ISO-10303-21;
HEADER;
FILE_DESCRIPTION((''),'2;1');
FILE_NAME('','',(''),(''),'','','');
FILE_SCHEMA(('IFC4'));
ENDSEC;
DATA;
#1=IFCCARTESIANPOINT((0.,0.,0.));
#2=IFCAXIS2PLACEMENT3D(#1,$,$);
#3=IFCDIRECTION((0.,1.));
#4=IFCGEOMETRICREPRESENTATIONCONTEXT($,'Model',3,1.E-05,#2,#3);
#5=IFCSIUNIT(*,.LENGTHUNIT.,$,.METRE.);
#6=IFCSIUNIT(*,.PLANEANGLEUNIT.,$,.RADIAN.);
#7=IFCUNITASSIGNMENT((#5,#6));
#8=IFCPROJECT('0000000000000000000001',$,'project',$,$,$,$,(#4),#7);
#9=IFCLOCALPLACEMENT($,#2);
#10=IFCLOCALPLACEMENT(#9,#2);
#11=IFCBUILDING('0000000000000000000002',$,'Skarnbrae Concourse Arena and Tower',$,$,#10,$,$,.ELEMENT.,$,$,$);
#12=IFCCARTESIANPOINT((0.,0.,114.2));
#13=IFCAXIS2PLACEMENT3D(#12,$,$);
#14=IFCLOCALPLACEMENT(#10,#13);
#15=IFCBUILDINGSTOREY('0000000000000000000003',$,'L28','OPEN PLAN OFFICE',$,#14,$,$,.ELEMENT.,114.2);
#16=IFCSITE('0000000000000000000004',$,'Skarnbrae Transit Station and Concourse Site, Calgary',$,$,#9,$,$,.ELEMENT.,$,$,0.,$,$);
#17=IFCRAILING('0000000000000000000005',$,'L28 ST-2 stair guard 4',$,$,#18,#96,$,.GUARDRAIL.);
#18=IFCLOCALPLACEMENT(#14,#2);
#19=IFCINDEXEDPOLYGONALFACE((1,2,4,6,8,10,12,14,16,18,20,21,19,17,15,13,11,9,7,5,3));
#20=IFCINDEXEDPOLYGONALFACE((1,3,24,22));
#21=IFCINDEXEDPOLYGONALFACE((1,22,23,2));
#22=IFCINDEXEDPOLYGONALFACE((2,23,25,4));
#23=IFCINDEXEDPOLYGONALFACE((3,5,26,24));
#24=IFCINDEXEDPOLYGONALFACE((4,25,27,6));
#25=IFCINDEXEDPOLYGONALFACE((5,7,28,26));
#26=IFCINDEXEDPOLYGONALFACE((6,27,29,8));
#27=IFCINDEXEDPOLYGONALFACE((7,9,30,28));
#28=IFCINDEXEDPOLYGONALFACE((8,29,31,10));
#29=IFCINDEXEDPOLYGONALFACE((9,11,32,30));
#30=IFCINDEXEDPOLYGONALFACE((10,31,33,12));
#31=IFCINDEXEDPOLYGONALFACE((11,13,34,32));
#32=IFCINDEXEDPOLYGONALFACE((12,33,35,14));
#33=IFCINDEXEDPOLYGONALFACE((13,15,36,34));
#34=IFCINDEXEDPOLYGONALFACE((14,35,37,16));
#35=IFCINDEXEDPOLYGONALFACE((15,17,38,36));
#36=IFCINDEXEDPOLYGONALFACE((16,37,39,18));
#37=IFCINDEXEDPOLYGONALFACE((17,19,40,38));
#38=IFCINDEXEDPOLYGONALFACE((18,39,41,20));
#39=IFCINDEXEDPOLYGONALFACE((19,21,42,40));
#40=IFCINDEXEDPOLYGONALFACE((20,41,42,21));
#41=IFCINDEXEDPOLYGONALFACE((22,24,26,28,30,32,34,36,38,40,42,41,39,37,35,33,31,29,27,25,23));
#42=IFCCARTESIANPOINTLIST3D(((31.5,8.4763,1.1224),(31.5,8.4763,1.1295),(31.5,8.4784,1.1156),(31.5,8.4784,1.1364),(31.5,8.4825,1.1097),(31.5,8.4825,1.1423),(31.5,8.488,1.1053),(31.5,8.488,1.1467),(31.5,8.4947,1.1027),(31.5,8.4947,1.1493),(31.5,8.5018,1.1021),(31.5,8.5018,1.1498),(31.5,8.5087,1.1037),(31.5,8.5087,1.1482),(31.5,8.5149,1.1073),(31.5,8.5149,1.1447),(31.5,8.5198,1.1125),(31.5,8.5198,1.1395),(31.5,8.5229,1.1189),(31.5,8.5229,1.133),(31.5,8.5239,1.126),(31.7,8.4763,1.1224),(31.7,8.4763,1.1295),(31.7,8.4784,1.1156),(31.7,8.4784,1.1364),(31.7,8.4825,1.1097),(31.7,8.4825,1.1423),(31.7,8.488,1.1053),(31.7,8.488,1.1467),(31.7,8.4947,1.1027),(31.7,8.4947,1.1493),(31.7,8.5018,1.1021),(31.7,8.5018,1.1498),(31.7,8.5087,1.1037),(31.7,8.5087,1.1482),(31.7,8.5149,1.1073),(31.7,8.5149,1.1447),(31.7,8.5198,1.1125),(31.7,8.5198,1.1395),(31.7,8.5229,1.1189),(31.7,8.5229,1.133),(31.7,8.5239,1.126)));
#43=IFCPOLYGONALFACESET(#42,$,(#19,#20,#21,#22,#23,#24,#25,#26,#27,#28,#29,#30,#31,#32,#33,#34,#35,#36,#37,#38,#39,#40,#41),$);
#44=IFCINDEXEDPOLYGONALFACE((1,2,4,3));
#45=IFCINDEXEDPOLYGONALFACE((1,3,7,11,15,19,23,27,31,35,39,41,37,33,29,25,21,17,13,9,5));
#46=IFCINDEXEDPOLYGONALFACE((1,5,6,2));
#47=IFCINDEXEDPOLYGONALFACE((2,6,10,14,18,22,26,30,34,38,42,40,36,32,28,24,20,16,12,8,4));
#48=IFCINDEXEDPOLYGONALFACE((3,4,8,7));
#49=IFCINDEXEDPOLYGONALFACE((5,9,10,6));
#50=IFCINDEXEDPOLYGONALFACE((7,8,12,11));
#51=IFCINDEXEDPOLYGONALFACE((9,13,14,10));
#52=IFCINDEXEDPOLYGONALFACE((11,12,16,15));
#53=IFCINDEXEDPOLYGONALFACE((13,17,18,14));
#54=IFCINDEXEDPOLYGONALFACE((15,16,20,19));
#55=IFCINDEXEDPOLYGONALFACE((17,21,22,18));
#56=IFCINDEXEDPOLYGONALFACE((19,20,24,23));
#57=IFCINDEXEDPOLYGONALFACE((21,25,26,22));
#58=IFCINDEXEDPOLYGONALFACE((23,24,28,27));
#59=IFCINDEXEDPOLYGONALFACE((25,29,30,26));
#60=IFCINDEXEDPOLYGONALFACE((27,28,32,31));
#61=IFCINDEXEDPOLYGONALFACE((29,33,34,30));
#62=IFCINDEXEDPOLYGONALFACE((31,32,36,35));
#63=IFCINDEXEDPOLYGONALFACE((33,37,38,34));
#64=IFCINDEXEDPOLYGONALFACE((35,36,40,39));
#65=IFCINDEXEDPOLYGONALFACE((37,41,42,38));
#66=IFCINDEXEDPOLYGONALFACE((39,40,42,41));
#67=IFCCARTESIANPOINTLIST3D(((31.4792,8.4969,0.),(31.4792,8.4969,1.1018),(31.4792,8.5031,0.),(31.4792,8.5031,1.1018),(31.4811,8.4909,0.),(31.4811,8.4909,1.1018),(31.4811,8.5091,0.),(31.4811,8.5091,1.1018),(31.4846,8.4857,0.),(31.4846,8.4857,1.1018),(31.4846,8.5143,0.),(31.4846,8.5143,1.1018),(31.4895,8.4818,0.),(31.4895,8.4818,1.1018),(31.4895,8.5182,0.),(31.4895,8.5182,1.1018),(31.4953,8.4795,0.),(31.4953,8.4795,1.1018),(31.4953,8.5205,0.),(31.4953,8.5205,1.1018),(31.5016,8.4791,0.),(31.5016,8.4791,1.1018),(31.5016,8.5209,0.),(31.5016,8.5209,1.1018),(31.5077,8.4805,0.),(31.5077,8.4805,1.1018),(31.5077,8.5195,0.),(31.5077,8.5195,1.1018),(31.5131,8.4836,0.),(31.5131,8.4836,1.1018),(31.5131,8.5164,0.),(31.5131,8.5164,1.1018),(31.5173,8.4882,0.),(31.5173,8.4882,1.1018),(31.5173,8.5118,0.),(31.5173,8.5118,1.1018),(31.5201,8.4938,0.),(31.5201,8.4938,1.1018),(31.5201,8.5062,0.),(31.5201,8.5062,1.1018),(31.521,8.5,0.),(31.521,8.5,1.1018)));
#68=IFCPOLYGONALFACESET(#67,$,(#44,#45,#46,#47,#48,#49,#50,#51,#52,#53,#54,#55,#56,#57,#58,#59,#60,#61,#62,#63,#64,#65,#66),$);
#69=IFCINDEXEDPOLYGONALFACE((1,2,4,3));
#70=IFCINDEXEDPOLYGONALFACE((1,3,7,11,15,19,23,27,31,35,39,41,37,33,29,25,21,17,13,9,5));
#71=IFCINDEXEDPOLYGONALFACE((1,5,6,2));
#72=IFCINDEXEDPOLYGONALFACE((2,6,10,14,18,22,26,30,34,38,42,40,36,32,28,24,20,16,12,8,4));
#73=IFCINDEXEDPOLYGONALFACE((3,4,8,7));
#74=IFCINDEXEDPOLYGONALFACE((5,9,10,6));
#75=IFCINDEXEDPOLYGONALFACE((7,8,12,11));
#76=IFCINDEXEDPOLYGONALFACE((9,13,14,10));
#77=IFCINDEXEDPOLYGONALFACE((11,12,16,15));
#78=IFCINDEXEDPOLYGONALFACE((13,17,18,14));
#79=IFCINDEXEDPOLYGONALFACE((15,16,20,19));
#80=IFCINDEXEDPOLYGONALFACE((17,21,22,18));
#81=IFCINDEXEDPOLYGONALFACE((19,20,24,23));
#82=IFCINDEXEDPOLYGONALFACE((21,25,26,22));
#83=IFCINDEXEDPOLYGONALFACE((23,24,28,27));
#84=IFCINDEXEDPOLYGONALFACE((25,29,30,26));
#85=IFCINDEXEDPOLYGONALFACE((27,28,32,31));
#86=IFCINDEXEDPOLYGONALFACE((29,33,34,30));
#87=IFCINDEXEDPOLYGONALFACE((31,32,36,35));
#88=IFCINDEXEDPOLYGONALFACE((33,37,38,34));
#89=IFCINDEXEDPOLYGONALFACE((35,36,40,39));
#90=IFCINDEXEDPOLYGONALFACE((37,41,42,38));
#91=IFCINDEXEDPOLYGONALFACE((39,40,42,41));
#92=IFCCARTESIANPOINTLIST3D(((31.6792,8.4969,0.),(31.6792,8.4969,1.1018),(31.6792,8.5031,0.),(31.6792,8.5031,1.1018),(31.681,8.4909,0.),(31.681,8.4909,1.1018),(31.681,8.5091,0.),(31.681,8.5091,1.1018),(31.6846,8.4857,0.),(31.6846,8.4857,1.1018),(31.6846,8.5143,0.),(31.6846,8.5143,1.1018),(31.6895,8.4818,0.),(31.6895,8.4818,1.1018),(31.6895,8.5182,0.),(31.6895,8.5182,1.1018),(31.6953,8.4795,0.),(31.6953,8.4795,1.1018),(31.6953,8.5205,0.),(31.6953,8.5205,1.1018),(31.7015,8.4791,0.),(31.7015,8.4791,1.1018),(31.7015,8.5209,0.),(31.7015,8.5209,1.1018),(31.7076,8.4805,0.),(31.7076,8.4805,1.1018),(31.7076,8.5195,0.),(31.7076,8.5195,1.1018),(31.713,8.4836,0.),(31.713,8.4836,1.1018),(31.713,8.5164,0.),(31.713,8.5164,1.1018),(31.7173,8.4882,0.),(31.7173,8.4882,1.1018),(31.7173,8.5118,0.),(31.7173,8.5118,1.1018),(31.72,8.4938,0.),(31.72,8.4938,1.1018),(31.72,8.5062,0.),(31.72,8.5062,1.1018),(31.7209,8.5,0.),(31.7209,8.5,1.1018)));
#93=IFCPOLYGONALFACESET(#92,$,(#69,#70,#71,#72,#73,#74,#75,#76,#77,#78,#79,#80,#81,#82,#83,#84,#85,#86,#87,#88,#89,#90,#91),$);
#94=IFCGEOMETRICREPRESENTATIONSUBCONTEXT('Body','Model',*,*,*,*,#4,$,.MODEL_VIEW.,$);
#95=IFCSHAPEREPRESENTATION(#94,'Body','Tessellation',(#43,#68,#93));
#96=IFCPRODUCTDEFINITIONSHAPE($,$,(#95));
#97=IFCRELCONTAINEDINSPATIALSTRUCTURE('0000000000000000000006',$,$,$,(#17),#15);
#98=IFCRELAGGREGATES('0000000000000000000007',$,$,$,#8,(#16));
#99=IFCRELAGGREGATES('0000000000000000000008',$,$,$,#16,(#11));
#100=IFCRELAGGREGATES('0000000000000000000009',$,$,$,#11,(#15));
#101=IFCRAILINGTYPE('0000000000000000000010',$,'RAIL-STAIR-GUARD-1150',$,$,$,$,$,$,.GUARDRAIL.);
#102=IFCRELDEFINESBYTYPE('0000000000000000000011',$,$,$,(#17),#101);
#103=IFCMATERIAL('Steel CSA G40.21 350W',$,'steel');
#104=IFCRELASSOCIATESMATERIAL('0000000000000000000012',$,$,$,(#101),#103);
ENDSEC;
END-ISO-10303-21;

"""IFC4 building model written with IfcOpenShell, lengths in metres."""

from ifc_helpers import new_model, si_unit, direction, frame, origin, origin_2d, place, context, subcontext, project, spatial, circle, extrude, material, type_object, element, save


model = new_model("IFC4")

# Units and contexts
model_context = context("Model", 3, precision=1e-05, world=origin(), true_north=direction((0.0, 1.0)))
body_context = subcontext(model_context, "Body", "Model", "MODEL_VIEW")
ifc_project = project(units=[si_unit("LENGTHUNIT", "METRE"), si_unit("PLANEANGLEUNIT", "RADIAN")], contexts=[model_context])

# Site, building, storey
site_placement = place(None, origin())
site = spatial("IfcSite", under=ifc_project, at=site_placement, Name="Skarnbrae Transit Station and Concourse Site, Calgary", CompositionType="ELEMENT", RefElevation=0.0)
building_placement = place(site_placement, origin())
building = spatial("IfcBuilding", under=site, at=building_placement, Name="Skarnbrae Concourse Arena and Tower", CompositionType="ELEMENT")
storey_placement = place(building_placement, frame((0.0, 0.0, 114.2)))
storey = spatial("IfcBuildingStorey", under=building, at=storey_placement, Name="L28", Description="OPEN PLAN OFFICE", CompositionType="ELEMENT", Elevation=114.2)

# Railing
ifc_material_1 = material(Name="Steel CSA G40.21 350W", Category="steel")
railing_type_1 = type_object("IfcRailingType", Name="RAIL-STAIR-GUARD-1150", PredefinedType="GUARDRAIL", material=ifc_material_1)
railing_1_placement = place(storey_placement, frame((31.5, 8.5, 0.0)))
element("IfcRailing", 1, at=railing_1_placement, inside=storey, type_object=railing_type_1, Name="L28 ST-2 stair guard 4", PredefinedType="GUARDRAIL", context=body_context, shape_type="SweptSolid", body=[
    extrude(circle(Radius=0.0239, at=origin_2d()), frame((0.0, 0.0, 1.126), z_axis=(1.0, 0.0, 0.0), x_axis=(0.0, 1.0, 0.0)), (0.0, 0.0, 1.0), 0.2),
    extrude(circle(Radius=0.021, at=origin_2d()), origin(), (0.0, 0.0, 1.0), 1.1018),
    extrude(circle(Radius=0.021, at=origin_2d()), frame((0.2, 0.0, 0.0)), (0.0, 0.0, 1.0), 1.1018),
])

save(model, "model.ifc")
